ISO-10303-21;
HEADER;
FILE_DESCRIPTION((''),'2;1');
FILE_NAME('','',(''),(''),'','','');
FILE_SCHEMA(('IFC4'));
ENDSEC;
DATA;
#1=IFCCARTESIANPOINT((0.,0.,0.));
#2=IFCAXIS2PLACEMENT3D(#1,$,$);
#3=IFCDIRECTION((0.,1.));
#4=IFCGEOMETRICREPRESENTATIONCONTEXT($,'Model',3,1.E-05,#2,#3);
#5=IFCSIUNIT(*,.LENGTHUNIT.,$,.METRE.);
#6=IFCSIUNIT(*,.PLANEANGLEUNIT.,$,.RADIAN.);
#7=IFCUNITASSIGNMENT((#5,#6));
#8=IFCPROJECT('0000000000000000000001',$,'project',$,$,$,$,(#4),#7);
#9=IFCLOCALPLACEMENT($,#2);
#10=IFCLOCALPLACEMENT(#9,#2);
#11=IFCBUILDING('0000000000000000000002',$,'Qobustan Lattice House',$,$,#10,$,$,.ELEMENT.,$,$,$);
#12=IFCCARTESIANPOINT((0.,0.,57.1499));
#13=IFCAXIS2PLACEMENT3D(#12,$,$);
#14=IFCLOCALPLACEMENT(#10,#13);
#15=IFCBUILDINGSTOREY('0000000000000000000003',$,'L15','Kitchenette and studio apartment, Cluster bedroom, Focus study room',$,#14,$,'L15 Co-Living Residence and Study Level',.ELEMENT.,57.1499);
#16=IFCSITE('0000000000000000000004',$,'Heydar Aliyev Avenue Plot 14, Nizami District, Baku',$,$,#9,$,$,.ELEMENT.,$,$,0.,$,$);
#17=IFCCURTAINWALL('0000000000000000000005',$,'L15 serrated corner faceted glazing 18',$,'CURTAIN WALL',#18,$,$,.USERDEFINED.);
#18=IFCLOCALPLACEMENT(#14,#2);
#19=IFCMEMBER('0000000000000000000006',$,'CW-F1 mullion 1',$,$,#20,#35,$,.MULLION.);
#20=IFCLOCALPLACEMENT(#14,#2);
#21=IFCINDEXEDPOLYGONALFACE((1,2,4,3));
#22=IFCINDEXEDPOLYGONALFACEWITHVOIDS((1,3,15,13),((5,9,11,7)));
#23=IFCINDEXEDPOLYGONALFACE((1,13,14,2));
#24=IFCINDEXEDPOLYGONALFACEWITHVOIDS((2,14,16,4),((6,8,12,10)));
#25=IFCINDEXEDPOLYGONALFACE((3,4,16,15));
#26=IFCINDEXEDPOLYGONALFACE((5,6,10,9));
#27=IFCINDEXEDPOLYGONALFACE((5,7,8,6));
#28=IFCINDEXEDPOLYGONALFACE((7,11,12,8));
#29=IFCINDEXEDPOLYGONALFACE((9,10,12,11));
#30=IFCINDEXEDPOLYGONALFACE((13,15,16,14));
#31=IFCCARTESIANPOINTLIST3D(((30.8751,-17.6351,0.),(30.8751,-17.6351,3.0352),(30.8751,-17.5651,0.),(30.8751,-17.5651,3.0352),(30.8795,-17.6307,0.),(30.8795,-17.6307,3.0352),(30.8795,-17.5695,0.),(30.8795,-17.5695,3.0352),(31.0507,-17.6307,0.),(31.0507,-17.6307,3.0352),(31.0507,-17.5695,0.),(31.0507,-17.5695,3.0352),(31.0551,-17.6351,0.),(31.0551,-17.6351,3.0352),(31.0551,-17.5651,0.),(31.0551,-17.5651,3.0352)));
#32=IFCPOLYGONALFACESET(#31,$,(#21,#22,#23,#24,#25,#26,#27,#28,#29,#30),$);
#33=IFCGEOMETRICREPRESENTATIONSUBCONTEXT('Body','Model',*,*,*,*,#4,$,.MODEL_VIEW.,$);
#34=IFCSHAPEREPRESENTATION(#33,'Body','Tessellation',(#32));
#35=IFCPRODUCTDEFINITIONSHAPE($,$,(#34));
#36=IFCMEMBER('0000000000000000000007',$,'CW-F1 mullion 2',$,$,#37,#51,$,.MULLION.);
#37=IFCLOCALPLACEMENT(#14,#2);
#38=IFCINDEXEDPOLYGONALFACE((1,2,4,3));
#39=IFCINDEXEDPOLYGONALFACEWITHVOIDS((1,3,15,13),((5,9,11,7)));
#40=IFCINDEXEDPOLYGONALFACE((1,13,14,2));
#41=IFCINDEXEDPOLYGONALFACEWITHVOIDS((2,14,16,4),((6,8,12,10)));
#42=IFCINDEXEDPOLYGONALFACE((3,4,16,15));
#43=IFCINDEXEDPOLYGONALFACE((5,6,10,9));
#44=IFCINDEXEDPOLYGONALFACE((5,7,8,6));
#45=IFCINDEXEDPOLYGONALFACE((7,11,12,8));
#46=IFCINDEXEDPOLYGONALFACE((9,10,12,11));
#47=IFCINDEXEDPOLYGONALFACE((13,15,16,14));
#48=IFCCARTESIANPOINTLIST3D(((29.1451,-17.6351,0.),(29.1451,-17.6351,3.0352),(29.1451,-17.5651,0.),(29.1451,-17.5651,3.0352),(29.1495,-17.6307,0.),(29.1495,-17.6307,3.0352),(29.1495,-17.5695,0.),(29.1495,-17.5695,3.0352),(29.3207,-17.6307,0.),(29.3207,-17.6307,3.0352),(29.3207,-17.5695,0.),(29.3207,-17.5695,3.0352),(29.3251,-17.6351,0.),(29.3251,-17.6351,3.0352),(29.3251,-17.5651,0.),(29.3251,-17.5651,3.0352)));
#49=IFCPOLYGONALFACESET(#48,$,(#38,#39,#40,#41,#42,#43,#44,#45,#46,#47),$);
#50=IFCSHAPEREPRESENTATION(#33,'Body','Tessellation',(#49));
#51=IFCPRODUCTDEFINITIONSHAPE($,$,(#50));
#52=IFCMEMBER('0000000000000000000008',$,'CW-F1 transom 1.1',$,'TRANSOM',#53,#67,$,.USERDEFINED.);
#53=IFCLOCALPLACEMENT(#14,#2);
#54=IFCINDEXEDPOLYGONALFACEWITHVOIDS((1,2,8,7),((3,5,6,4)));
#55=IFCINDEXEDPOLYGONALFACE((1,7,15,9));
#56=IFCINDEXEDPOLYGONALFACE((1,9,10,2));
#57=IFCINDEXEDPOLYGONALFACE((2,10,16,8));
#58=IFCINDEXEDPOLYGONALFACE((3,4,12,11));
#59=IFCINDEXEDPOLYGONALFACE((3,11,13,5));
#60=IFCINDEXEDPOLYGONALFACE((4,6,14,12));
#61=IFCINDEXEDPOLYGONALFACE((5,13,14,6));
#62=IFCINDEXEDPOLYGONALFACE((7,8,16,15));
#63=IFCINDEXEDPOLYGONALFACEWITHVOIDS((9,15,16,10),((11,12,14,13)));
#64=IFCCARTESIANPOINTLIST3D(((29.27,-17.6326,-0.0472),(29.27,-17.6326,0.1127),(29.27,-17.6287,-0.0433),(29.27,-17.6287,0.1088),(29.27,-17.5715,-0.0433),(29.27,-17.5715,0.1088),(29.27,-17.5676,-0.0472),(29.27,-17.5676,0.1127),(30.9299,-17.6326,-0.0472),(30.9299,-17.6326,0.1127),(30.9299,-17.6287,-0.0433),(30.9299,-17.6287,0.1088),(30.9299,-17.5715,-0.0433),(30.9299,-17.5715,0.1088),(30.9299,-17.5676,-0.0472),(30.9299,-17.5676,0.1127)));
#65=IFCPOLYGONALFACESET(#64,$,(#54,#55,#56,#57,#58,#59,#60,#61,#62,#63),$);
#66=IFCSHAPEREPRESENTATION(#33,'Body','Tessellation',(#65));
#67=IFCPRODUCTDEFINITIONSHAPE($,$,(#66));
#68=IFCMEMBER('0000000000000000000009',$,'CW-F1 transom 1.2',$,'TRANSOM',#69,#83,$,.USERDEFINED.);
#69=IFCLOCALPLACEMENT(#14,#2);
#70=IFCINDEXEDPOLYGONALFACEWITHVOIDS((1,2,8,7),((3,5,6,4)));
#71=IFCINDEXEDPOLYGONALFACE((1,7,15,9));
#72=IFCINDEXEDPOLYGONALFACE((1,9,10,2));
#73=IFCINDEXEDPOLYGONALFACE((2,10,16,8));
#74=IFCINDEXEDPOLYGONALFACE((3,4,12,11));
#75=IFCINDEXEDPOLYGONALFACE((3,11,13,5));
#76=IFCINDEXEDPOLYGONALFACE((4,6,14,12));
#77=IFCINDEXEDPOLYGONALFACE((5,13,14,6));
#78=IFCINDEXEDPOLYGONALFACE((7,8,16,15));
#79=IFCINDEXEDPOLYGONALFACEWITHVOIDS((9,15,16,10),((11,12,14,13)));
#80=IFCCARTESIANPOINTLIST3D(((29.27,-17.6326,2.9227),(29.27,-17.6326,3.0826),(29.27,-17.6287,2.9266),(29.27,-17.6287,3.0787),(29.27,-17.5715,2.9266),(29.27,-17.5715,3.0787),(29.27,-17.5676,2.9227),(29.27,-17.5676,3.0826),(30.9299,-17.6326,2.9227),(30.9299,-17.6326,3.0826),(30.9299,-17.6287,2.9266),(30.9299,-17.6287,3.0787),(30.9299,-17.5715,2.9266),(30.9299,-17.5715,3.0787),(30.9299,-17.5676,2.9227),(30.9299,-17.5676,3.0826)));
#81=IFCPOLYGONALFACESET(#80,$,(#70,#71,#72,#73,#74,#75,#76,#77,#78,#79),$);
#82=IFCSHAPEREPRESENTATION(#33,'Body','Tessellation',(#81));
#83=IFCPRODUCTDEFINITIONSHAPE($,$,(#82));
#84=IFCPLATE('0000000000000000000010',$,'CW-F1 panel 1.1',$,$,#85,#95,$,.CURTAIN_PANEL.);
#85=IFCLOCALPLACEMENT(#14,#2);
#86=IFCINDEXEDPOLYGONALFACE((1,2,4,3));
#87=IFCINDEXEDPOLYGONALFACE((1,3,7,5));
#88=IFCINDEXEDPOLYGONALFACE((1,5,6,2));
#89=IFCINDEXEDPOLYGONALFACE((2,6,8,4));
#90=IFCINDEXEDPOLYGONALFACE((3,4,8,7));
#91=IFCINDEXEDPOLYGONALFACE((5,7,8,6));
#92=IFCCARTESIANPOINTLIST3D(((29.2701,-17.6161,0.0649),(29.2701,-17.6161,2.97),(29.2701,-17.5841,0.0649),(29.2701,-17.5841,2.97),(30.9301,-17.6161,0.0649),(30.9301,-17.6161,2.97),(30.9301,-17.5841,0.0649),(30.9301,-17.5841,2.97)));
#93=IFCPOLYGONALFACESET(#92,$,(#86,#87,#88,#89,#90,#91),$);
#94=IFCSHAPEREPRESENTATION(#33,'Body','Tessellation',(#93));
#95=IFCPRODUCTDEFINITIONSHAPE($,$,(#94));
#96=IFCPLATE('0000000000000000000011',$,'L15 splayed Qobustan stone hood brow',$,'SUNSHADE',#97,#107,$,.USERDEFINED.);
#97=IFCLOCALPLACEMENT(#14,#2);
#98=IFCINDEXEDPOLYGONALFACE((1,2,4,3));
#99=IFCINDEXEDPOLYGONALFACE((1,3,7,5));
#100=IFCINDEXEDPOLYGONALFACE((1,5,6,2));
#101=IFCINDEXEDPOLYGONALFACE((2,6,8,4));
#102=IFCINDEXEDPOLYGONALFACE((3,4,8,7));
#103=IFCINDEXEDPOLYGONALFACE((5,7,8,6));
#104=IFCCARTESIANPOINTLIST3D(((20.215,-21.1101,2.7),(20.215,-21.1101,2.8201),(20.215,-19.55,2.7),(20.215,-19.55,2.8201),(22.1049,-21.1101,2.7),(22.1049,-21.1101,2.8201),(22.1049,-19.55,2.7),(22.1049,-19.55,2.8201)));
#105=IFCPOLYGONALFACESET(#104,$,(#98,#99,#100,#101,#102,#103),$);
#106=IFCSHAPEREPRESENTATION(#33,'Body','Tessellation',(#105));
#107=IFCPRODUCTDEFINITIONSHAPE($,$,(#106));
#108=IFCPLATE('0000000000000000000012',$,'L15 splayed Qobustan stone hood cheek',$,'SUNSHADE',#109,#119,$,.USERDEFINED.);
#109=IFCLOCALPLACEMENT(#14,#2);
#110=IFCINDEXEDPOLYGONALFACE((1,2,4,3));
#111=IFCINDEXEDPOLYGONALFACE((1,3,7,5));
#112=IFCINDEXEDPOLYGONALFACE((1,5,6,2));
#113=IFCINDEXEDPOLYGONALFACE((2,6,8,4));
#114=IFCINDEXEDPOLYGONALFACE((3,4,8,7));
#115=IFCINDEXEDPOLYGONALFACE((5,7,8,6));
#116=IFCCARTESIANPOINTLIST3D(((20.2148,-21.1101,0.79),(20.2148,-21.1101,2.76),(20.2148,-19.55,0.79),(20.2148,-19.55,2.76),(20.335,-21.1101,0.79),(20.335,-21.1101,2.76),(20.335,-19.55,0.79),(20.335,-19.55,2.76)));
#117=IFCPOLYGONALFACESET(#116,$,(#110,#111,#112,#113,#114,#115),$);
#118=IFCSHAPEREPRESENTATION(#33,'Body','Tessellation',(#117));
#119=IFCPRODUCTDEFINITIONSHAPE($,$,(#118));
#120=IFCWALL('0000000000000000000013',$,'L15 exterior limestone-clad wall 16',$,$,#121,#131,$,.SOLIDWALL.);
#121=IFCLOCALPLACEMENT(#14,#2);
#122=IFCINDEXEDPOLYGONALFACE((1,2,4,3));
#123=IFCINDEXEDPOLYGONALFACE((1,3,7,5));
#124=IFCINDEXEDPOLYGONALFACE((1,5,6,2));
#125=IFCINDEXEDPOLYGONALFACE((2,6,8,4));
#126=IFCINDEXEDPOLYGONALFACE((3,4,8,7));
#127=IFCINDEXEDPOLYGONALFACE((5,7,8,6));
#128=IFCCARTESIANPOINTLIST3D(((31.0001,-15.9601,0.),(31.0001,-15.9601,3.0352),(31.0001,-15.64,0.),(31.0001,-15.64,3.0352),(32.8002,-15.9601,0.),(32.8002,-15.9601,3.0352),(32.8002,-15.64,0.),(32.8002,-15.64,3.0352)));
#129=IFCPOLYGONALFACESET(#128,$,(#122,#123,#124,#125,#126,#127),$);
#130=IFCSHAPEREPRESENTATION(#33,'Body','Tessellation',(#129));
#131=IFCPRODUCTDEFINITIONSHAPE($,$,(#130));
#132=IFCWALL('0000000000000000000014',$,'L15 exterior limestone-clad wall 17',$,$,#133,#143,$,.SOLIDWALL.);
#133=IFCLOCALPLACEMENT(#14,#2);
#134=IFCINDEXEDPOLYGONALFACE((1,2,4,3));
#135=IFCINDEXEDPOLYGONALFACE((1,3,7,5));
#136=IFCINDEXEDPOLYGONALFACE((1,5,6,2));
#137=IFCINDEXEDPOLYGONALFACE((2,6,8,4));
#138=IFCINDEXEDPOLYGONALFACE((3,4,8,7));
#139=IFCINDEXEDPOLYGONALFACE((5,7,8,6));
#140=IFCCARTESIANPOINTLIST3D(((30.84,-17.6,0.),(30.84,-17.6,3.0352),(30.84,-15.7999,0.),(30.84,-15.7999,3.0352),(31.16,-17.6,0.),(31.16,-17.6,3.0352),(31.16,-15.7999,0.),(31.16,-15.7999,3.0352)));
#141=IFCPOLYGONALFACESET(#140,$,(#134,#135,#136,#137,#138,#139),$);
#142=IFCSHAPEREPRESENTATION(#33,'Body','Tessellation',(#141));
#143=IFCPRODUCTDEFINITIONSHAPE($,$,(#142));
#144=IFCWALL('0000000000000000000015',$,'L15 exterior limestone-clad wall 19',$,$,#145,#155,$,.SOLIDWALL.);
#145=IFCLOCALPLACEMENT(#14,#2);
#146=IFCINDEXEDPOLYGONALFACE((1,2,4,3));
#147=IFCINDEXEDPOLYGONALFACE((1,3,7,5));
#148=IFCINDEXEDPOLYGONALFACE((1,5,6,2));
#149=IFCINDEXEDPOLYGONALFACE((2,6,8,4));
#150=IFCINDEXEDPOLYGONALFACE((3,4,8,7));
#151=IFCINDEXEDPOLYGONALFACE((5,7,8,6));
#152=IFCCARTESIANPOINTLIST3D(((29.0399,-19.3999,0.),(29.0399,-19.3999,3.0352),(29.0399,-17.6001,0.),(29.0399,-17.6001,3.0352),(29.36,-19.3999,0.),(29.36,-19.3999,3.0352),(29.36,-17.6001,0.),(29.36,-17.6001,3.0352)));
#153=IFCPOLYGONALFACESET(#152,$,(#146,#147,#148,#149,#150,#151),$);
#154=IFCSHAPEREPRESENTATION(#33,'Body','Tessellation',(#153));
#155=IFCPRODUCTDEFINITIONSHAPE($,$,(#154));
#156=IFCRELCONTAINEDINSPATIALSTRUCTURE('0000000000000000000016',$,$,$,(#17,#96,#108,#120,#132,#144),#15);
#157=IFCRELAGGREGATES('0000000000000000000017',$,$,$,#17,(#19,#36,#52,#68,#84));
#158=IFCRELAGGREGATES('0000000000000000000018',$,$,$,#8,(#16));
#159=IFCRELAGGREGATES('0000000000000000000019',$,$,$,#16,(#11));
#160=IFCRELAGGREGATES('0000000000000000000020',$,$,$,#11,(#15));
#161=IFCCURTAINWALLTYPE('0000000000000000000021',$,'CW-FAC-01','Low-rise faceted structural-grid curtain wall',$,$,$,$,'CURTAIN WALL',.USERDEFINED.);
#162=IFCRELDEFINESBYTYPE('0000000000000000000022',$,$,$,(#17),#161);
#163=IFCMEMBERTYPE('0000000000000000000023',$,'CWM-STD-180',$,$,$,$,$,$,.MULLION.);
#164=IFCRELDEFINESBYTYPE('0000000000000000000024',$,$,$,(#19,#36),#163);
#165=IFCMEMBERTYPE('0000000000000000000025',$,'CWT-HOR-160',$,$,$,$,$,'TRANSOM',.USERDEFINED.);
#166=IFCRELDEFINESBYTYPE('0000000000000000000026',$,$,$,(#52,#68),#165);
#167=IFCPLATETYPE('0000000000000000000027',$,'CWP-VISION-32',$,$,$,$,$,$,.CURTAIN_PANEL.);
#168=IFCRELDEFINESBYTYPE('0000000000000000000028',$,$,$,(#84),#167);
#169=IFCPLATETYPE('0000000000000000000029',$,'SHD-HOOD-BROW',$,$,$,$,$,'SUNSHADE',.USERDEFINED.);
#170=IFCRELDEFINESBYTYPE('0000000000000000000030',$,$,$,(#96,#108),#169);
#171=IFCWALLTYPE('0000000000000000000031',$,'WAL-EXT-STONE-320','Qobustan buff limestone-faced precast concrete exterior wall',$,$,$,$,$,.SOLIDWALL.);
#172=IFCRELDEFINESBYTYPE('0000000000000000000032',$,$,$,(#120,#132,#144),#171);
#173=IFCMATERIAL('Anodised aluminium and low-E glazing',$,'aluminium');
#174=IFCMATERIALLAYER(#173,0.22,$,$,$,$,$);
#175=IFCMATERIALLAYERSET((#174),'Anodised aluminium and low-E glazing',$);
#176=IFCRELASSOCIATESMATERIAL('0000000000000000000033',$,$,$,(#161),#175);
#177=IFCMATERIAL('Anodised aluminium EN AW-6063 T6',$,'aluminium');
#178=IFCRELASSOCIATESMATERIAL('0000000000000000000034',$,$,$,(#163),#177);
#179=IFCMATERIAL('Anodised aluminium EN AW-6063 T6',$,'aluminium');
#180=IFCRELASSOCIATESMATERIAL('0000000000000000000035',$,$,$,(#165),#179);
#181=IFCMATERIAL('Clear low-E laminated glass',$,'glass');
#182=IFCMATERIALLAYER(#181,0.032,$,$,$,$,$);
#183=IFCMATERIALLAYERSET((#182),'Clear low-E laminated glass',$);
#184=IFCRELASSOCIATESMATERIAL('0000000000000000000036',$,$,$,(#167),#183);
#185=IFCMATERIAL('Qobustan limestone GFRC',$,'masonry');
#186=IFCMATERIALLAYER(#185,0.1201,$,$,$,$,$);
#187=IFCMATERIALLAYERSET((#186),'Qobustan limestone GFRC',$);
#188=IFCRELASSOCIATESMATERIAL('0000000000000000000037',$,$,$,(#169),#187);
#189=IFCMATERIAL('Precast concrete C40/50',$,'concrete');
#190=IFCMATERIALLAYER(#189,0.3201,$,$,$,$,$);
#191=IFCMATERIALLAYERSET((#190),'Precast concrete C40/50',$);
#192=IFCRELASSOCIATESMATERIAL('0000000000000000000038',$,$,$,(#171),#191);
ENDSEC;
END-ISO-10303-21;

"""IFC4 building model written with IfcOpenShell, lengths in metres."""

from ifc_helpers import new_model, si_unit, direction, frame, frame_2d, origin, origin_2d, place, context, subcontext, project, spatial, rectangle, hollow_rectangle, extrude, material, layer, layer_set, material_profile, profile_set, type_object, element, aggregate, save


model = new_model("IFC4")

# Units and contexts
model_context = context("Model", 3, precision=1e-05, world=origin(), true_north=direction((0.0, 1.0)))
body_context = subcontext(model_context, "Body", "Model", "MODEL_VIEW")
ifc_project = project(units=[si_unit("LENGTHUNIT", "METRE"), si_unit("PLANEANGLEUNIT", "RADIAN")], contexts=[model_context])

# Site, building, storey
site_placement = place(None, origin())
site = spatial("IfcSite", under=ifc_project, at=site_placement, Name="Heydar Aliyev Avenue Plot 14, Nizami District, Baku", CompositionType="ELEMENT", RefElevation=0.0)
building_placement = place(site_placement, origin())
building = spatial("IfcBuilding", under=site, at=building_placement, Name="Qobustan Lattice House", CompositionType="ELEMENT")
storey_placement = place(building_placement, frame((0.0, 0.0, 57.1499)))
storey = spatial("IfcBuildingStorey", under=building, at=storey_placement, Name="L15", Description="Kitchenette and studio apartment, Cluster bedroom, Focus study room", LongName="L15 Co-Living Residence and Study Level", CompositionType="ELEMENT", Elevation=57.1499)

# Curtain wall, members, plate
ifc_material_1 = material(Name="Anodised aluminium and low-E glazing", Category="aluminium")
ifc_layer_1 = layer(ifc_material_1, 0.22)
ifc_layer_set_1 = layer_set([ifc_layer_1], Name="Anodised aluminium and low-E glazing")
curtain_wall_type = type_object("IfcCurtainWallType", Name="CW-FAC-01", Description="Low-rise faceted structural-grid curtain wall", ElementType="CURTAIN WALL", PredefinedType="USERDEFINED", material=ifc_layer_set_1)
curtain_wall_placement = place(storey_placement, origin())
curtain_wall = element("IfcCurtainWall", 1, at=curtain_wall_placement, inside=storey, type_object=curtain_wall_type, Name="L15 serrated corner faceted glazing 18", ObjectType="CURTAIN WALL", PredefinedType="USERDEFINED")
ifc_material_2 = material(Name="Anodised aluminium EN AW-6063 T6", Category="aluminium")
ifc_material_profile_1 = material_profile(ifc_material_2, hollow_rectangle(XDim=0.0701, YDim=0.1799, WallThickness=0.0044, at=origin_2d()), Name="CWM-180x70")
ifc_profile_set_1 = profile_set([ifc_material_profile_1], Name="Anodised aluminium EN AW-6063 T6")
member_type_1 = type_object("IfcMemberType", Name="CWM-STD-180", PredefinedType="MULLION", material=ifc_profile_set_1)
member_1_placement = place(storey_placement, frame((30.9651, -17.6001, 0.0), z_axis=(0.0, 0.0, 1.0), x_axis=(0.0, -1.0, 0.0)))
member_1 = element("IfcMember", 2, at=member_1_placement, type_object=member_type_1, Name="CW-F1 mullion 1", PredefinedType="MULLION", context=body_context, shape_type="SweptSolid", body=[
    extrude(hollow_rectangle(XDim=0.0701, YDim=0.1799, WallThickness=0.0044, at=origin_2d()), origin(), (0.0, 0.0, 1.0), 3.0352),
])
member_2_placement = place(storey_placement, frame((29.2351, -17.6001, 0.0), z_axis=(0.0, 0.0, 1.0), x_axis=(0.0, -1.0, 0.0)))
member_2 = element("IfcMember", 3, at=member_2_placement, type_object=member_type_1, Name="CW-F1 mullion 2", PredefinedType="MULLION", context=body_context, shape_type="SweptSolid", body=[
    extrude(hollow_rectangle(XDim=0.0701, YDim=0.1799, WallThickness=0.0044, at=origin_2d()), origin(), (0.0, 0.0, 1.0), 3.0352),
])
ifc_material_3 = material(Name="Anodised aluminium EN AW-6063 T6", Category="aluminium")
ifc_material_profile_2 = material_profile(ifc_material_3, hollow_rectangle(XDim=0.0649, YDim=0.1599, WallThickness=0.0039, at=origin_2d()), Name="CWT-160x65")
ifc_profile_set_2 = profile_set([ifc_material_profile_2], Name="Anodised aluminium EN AW-6063 T6")
member_type_2 = type_object("IfcMemberType", Name="CWT-HOR-160", ElementType="TRANSOM", PredefinedType="USERDEFINED", material=ifc_profile_set_2)
member_3_placement = place(storey_placement, frame((30.9299, -17.6001, 0.0327), z_axis=(-1.0, 0.0, 0.0), x_axis=(0.0, -1.0, 0.0)))
member_3 = element("IfcMember", 4, at=member_3_placement, type_object=member_type_2, Name="CW-F1 transom 1.1", ObjectType="TRANSOM", PredefinedType="USERDEFINED", context=body_context, shape_type="SweptSolid", body=[
    extrude(hollow_rectangle(XDim=0.0649, YDim=0.1599, WallThickness=0.0039, at=origin_2d()), origin(), (0.0, 0.0, 1.0), 1.6599),
])
member_4_placement = place(storey_placement, frame((30.9299, -17.6001, 3.0027), z_axis=(-1.0, 0.0, 0.0), x_axis=(0.0, -1.0, 0.0)))
member_4 = element("IfcMember", 5, at=member_4_placement, type_object=member_type_2, Name="CW-F1 transom 1.2", ObjectType="TRANSOM", PredefinedType="USERDEFINED", context=body_context, shape_type="SweptSolid", body=[
    extrude(hollow_rectangle(XDim=0.0649, YDim=0.1599, WallThickness=0.0039, at=origin_2d()), origin(), (0.0, 0.0, 1.0), 1.6599),
])
ifc_material_4 = material(Name="Clear low-E laminated glass", Category="glass")
ifc_layer_2 = layer(ifc_material_4, 0.032)
ifc_layer_set_2 = layer_set([ifc_layer_2], Name="Clear low-E laminated glass")
plate_type_1 = type_object("IfcPlateType", Name="CWP-VISION-32", PredefinedType="CURTAIN_PANEL", material=ifc_layer_set_2)
plate_1_placement = place(storey_placement, frame((30.1001, -17.6001, 0.0649), z_axis=(0.0, 0.0, 1.0), x_axis=(-1.0, 0.0, 0.0)))
plate_1 = element("IfcPlate", 6, at=plate_1_placement, type_object=plate_type_1, Name="CW-F1 panel 1.1", PredefinedType="CURTAIN_PANEL", context=body_context, shape_type="SweptSolid", body=[
    extrude(rectangle(XDim=1.6599, YDim=0.032, at=origin_2d()), origin(), (0.0, 0.0, 1.0), 2.905),
])
aggregate(curtain_wall, [member_1, member_2, member_3, member_4, plate_1])

# Plates
ifc_material_5 = material(Name="Qobustan limestone GFRC", Category="masonry")
ifc_layer_3 = layer(ifc_material_5, 0.1201)
ifc_layer_set_3 = layer_set([ifc_layer_3], Name="Qobustan limestone GFRC")
plate_type_2 = type_object("IfcPlateType", Name="SHD-HOOD-BROW", ElementType="SUNSHADE", PredefinedType="USERDEFINED", material=ifc_layer_set_3)
plate_2_placement = place(storey_placement, frame((21.1599, -20.3301, 2.7), z_axis=(0.0, 0.0, 1.0), x_axis=(-1.0, 0.0, 0.0)))
element("IfcPlate", 7, at=plate_2_placement, inside=storey, type_object=plate_type_2, Name="L15 splayed Qobustan stone hood brow", ObjectType="SUNSHADE", PredefinedType="USERDEFINED", context=body_context, shape_type="SweptSolid", body=[
    extrude(rectangle(XDim=1.8899, YDim=1.5601, at=origin_2d()), origin(), (0.0, 0.0, 1.0), 0.1201),
])
plate_3_placement = place(storey_placement, frame((20.2749, -20.3301, 0.79), z_axis=(0.0, 0.0, 1.0), x_axis=(-1.0, 0.0, 0.0)))
element("IfcPlate", 8, at=plate_3_placement, inside=storey, type_object=plate_type_2, Name="L15 splayed Qobustan stone hood cheek", ObjectType="SUNSHADE", PredefinedType="USERDEFINED", context=body_context, shape_type="SweptSolid", body=[
    extrude(rectangle(XDim=0.1201, YDim=1.5601, at=origin_2d()), origin(), (0.0, 0.0, 1.0), 1.97),
])

# Walls
ifc_material_6 = material(Name="Precast concrete C40/50", Category="concrete")
ifc_layer_4 = layer(ifc_material_6, 0.3201)
ifc_layer_set_4 = layer_set([ifc_layer_4], Name="Precast concrete C40/50")
wall_type = type_object("IfcWallType", Name="WAL-EXT-STONE-320", Description="Qobustan buff limestone-faced precast concrete exterior wall", PredefinedType="SOLIDWALL", material=ifc_layer_set_4)
for number, where, z_axis, x_axis, name in (
    (9, (32.8, -15.8, 0.0), (0.0, 0.0, 1.0), (-1.0, 0.0, 0.0), "L15 exterior limestone-clad wall 16"),
    (10, (31.0, -15.8, 0.0), (0.0, 0.0, 1.0), (0.0, -1.0, 0.0), "L15 exterior limestone-clad wall 17"),
):
    element("IfcWall", number, at=place(storey_placement, frame(where, z_axis=z_axis, x_axis=x_axis)), inside=storey, type_object=wall_type, Name=name, PredefinedType="SOLIDWALL", context=body_context, shape_type="SweptSolid", body=[
        extrude(rectangle(XDim=1.8, YDim=0.3201, at=frame_2d((0.8999, 0.0))), origin(), (0.0, 0.0, 1.0), 3.0352),
    ])
wall_1_placement = place(storey_placement, frame((29.2, -17.6001, 0.0), z_axis=(0.0, 0.0, 1.0), x_axis=(0.0, -1.0, 0.0)))
element("IfcWall", 11, at=wall_1_placement, inside=storey, type_object=wall_type, Name="L15 exterior limestone-clad wall 19", PredefinedType="SOLIDWALL", context=body_context, shape_type="SweptSolid", body=[
    extrude(rectangle(XDim=1.7998, YDim=0.3201, at=frame_2d((0.8999, 0.0))), origin(), (0.0, 0.0, 1.0), 3.0352),
])

save(model, "model.ifc")
